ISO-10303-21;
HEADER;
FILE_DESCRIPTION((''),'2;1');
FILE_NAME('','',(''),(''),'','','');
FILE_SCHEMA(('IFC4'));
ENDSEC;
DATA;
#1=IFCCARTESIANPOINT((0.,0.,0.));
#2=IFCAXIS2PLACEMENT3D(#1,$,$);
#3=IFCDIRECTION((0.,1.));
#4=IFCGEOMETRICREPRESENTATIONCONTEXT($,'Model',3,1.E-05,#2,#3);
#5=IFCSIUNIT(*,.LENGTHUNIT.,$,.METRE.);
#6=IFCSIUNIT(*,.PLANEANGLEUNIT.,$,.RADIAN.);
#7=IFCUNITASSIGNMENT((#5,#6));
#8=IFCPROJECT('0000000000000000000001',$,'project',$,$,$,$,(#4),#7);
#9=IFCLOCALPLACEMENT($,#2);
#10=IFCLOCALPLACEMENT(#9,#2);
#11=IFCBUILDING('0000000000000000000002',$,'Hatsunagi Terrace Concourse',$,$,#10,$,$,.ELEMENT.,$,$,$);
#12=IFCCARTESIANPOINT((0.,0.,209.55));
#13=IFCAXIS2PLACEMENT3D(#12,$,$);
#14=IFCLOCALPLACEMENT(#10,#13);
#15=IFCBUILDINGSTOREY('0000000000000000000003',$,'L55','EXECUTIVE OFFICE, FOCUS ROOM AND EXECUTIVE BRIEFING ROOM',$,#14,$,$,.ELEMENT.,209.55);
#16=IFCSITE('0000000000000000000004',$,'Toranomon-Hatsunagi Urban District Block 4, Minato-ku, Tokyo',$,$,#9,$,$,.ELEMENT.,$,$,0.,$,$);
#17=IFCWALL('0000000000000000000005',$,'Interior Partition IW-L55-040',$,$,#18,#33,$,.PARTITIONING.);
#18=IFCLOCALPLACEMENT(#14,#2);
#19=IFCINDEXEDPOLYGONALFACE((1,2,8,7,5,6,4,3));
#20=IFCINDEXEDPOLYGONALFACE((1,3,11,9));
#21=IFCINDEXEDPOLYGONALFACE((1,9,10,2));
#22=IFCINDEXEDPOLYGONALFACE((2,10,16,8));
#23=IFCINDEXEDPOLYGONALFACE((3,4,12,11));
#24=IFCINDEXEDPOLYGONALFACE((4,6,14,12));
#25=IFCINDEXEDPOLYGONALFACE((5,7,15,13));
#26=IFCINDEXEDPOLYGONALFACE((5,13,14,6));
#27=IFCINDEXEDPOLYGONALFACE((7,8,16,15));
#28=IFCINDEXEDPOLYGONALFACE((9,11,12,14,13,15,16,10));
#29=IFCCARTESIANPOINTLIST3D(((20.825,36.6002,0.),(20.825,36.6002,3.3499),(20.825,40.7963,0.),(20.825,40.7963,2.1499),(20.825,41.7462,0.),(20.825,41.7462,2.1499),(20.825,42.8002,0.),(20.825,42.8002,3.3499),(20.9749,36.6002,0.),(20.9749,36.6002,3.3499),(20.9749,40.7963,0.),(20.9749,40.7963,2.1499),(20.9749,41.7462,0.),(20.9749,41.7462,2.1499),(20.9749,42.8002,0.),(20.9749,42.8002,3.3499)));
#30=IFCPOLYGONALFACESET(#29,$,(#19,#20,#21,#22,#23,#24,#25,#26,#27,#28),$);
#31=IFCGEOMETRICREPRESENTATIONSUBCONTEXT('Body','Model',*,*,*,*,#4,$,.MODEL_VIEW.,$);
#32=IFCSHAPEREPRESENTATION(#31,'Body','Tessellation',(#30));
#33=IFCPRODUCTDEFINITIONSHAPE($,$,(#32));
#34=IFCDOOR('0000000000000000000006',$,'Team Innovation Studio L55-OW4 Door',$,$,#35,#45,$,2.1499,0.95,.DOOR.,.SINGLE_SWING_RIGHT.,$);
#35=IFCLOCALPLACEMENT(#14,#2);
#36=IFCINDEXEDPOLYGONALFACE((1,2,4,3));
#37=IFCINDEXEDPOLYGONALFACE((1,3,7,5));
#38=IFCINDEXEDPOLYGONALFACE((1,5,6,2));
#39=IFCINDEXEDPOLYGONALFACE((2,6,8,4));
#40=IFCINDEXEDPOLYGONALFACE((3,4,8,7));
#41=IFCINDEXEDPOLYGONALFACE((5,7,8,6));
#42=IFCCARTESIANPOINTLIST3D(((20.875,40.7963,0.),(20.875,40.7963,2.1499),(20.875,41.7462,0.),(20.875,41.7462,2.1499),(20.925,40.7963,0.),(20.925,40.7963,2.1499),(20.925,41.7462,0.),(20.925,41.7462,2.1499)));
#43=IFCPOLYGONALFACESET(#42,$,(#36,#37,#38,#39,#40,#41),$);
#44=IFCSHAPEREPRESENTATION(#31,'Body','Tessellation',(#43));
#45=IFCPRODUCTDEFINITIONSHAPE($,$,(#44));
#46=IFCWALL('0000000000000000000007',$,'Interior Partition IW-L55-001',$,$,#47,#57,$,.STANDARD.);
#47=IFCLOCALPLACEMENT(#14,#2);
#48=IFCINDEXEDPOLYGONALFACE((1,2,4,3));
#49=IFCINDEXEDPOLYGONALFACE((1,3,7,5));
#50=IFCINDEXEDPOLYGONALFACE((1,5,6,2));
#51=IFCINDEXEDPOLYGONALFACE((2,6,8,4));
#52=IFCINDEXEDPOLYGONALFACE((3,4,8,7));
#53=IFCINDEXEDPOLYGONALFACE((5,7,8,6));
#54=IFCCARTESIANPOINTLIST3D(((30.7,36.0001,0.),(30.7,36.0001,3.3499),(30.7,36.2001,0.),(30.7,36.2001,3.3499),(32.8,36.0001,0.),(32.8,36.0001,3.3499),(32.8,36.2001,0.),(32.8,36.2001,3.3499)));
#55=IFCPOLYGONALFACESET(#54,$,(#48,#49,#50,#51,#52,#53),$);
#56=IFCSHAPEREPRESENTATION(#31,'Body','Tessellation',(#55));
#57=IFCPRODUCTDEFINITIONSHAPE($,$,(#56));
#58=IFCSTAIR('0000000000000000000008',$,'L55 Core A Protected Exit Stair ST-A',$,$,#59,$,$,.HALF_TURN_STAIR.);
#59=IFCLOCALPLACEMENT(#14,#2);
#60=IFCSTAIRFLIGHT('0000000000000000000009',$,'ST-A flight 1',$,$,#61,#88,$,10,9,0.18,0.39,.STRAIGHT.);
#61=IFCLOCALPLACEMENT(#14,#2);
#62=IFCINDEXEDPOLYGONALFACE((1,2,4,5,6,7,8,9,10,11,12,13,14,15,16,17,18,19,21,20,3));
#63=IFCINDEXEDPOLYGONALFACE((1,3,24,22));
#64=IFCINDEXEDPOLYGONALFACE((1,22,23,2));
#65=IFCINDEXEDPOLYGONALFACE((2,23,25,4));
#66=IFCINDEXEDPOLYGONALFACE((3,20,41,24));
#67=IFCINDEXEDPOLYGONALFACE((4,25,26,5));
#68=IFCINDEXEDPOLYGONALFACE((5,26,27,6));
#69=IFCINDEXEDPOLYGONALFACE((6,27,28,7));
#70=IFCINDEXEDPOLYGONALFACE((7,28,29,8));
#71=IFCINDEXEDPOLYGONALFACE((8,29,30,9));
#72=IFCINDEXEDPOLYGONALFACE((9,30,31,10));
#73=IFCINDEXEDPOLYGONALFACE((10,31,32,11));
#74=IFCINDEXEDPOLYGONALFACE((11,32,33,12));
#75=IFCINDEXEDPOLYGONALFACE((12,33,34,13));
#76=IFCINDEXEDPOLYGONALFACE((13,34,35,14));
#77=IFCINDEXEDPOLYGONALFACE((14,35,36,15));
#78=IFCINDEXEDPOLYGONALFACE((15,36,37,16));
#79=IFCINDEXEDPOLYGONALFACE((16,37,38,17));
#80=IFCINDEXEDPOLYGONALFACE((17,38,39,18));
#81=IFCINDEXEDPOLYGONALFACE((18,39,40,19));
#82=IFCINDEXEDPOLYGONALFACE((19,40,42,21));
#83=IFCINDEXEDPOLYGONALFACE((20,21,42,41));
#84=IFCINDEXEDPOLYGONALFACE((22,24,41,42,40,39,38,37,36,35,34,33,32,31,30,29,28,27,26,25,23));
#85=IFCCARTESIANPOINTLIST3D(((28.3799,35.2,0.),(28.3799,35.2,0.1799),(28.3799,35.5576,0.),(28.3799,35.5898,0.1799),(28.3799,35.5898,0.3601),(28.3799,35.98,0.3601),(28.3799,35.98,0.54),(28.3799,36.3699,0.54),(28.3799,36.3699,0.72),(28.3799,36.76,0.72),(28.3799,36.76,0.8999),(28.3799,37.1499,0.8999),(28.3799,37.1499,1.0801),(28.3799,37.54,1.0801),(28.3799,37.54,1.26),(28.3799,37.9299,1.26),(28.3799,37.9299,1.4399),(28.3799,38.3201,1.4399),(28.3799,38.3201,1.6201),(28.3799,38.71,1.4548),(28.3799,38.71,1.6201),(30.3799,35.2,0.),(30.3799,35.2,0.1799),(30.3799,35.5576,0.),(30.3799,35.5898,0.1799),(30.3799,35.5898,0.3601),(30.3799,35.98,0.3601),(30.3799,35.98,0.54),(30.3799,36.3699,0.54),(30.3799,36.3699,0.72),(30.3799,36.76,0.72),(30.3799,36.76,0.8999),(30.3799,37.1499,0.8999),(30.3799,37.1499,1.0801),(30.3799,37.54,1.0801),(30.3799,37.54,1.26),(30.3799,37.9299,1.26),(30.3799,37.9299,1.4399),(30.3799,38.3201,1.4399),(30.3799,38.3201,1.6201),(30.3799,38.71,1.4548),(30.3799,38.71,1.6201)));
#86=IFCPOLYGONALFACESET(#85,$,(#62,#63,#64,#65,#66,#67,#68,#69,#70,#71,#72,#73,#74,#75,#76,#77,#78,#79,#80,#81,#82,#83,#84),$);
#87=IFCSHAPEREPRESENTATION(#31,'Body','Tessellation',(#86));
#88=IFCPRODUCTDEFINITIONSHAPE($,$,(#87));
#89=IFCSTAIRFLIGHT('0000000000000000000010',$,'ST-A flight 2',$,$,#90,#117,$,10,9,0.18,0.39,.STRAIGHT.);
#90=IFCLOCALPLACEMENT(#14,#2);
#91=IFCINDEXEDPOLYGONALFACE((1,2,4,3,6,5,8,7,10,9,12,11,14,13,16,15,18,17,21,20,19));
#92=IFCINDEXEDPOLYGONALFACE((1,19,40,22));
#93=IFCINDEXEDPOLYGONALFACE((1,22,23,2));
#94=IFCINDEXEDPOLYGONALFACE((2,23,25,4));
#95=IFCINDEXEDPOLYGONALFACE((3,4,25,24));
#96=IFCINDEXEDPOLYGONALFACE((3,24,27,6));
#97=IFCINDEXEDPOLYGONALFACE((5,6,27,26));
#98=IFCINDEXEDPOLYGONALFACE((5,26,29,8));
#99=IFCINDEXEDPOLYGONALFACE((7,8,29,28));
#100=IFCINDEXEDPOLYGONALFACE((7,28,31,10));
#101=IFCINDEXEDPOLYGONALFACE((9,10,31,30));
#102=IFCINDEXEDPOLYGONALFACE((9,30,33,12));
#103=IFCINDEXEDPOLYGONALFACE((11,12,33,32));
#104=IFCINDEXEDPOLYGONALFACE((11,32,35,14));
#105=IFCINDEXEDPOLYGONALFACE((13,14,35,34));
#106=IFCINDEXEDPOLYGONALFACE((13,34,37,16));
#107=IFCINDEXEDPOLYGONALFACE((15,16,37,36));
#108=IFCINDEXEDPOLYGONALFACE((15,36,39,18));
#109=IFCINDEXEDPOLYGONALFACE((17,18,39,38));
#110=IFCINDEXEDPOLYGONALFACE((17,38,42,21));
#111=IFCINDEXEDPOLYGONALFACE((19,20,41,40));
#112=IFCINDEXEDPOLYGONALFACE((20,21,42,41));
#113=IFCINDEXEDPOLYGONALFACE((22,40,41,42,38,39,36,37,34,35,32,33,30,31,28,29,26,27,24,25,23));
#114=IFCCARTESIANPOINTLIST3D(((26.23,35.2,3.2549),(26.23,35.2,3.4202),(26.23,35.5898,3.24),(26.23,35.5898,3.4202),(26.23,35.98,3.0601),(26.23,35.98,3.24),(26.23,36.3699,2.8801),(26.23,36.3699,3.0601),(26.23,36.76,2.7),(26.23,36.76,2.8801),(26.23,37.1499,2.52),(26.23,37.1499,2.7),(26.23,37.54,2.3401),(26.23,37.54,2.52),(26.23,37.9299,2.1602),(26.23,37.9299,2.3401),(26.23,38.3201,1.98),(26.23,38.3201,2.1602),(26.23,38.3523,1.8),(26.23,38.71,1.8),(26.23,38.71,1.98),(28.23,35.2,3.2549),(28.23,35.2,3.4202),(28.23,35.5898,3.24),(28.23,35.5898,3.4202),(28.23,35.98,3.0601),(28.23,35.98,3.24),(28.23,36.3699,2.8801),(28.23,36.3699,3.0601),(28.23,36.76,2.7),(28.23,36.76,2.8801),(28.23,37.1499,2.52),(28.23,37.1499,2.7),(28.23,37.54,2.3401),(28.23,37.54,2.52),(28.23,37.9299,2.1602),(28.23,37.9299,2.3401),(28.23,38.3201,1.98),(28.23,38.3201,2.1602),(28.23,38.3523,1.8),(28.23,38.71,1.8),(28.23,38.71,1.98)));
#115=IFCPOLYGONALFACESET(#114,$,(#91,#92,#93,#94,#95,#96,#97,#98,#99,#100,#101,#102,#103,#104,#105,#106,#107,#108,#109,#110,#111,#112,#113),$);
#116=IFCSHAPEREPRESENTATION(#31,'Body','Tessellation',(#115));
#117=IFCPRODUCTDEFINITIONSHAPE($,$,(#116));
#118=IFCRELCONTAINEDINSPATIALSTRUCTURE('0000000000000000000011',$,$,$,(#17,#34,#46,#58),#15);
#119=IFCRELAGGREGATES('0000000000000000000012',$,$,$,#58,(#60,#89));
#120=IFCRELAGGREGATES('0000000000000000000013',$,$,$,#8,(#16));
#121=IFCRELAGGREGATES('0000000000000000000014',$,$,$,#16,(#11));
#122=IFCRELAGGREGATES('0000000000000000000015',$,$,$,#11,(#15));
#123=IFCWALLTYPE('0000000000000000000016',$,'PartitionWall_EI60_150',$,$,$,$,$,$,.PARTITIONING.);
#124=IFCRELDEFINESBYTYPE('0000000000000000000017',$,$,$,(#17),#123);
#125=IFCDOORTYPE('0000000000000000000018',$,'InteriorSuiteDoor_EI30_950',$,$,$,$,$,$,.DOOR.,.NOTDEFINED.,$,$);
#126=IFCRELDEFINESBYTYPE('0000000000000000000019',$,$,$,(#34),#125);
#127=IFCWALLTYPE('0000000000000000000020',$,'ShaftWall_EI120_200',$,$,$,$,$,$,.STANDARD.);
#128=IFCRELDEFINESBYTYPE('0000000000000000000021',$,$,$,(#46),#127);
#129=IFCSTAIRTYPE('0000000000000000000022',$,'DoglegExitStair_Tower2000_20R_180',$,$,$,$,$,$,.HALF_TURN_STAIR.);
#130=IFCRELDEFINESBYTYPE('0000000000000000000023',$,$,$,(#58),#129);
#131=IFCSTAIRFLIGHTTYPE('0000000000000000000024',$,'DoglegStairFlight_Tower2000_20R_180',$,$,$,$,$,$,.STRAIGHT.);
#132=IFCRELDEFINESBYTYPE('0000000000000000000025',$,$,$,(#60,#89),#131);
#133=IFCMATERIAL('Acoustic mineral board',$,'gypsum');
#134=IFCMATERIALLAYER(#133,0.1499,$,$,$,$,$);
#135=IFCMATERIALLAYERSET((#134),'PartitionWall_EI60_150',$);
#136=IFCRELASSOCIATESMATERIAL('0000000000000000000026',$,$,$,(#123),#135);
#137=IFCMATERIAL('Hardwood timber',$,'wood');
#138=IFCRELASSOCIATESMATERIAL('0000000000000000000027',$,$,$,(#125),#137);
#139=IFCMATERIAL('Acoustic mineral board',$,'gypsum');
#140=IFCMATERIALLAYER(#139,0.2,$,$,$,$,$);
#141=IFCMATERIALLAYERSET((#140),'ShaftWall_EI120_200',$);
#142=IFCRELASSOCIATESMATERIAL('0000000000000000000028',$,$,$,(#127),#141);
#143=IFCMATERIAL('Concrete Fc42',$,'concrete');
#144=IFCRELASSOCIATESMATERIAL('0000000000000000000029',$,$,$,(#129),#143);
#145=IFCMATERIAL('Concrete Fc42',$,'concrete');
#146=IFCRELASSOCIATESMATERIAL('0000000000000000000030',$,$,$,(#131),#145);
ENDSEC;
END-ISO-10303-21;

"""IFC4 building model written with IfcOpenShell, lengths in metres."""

from ifc_helpers import new_model, si_unit, direction, frame, frame_2d, origin, place, context, subcontext, project, spatial, polyline, rectangle, outline, extrude, material, layer, layer_set, type_object, element, fill, aggregate, save


model = new_model("IFC4")

# Units and contexts
model_context = context("Model", 3, precision=1e-05, world=origin(), true_north=direction((0.0, 1.0)))
body_context = subcontext(model_context, "Body", "Model", "MODEL_VIEW")
ifc_project = project(units=[si_unit("LENGTHUNIT", "METRE"), si_unit("PLANEANGLEUNIT", "RADIAN")], contexts=[model_context])

# Site, building, storey
site_placement = place(None, origin())
site = spatial("IfcSite", under=ifc_project, at=site_placement, Name="Toranomon-Hatsunagi Urban District Block 4, Minato-ku, Tokyo", CompositionType="ELEMENT", RefElevation=0.0)
building_placement = place(site_placement, origin())
building = spatial("IfcBuilding", under=site, at=building_placement, Name="Hatsunagi Terrace Concourse", CompositionType="ELEMENT")
storey_placement = place(building_placement, frame((0.0, 0.0, 209.55)))
storey = spatial("IfcBuildingStorey", under=building, at=storey_placement, Name="L55", Description="EXECUTIVE OFFICE, FOCUS ROOM AND EXECUTIVE BRIEFING ROOM", CompositionType="ELEMENT", Elevation=209.55)

# Shared definitions
ifc_material_1 = material(Name="Acoustic mineral board", Category="gypsum")
ifc_layer_1 = layer(ifc_material_1, 0.1499)
ifc_layer_set_1 = layer_set([ifc_layer_1], Name="PartitionWall_EI60_150")
wall_type_1 = type_object("IfcWallType", Name="PartitionWall_EI60_150", PredefinedType="PARTITIONING", material=ifc_layer_set_1)

# Wall, opening, door
wall_1_placement = place(storey_placement, frame((20.8999, 36.6001, 0.0), z_axis=(0.0, 0.0, 1.0), x_axis=(0.0, 1.0, 0.0)))
wall_1 = element("IfcWall", 1, at=wall_1_placement, inside=storey, type_object=wall_type_1, Name="Interior Partition IW-L55-040", PredefinedType="PARTITIONING", context=body_context, shape_type="SweptSolid", body=[
    extrude(rectangle(XDim=6.2, YDim=0.1499, at=frame_2d((3.1001, 0.0))), origin(), (0.0, 0.0, 1.0), 3.3499),
])
opening_1_placement = place(wall_1_placement, frame((4.196, 0.0, 0.0)))
opening_1 = element("IfcOpeningElement", 2, at=opening_1_placement, cuts=wall_1, PredefinedType="OPENING", context=body_context, shape_type="SweptSolid", body=[
    extrude(rectangle(XDim=0.95, YDim=2.1499, at=frame_2d((0.4751, 1.075))), frame((0.0, 0.085, 0.0), z_axis=(0.0, -1.0, 0.0), x_axis=(1.0, 0.0, 0.0)), (0.0, 0.0, 1.0), 0.1699),
])
ifc_material_2 = material(Name="Hardwood timber", Category="wood")
door_type_1 = type_object("IfcDoorType", Name="InteriorSuiteDoor_EI30_950", OperationType="NOTDEFINED", PredefinedType="DOOR", material=ifc_material_2)
door_1_placement = place(opening_1_placement, origin())
door_1 = element("IfcDoor", 3, at=door_1_placement, inside=storey, type_object=door_type_1, Name="Team Innovation Studio L55-OW4 Door", OperationType="SINGLE_SWING_RIGHT", OverallHeight=2.1499, OverallWidth=0.95, PredefinedType="DOOR", context=body_context, shape_type="SweptSolid", body=[
    extrude(rectangle(XDim=0.95, YDim=2.1499, at=frame_2d((0.4751, 1.075))), frame((0.0, 0.0249, 0.0), z_axis=(0.0, -1.0, 0.0), x_axis=(1.0, 0.0, 0.0)), (0.0, 0.0, 1.0), 0.05),
])
fill(opening_1, door_1)

# Wall
ifc_material_3 = material(Name="Acoustic mineral board", Category="gypsum")
ifc_layer_2 = layer(ifc_material_3, 0.2)
ifc_layer_set_2 = layer_set([ifc_layer_2], Name="ShaftWall_EI120_200")
wall_type_2 = type_object("IfcWallType", Name="ShaftWall_EI120_200", PredefinedType="STANDARD", material=ifc_layer_set_2)
wall_2_placement = place(storey_placement, frame((30.7, 36.1001, 0.0), z_axis=(0.0, 0.0, 1.0), x_axis=(1.0, 0.0, 0.0)))
element("IfcWall", 4, at=wall_2_placement, inside=storey, type_object=wall_type_2, Name="Interior Partition IW-L55-001", PredefinedType="STANDARD", context=body_context, shape_type="SweptSolid", body=[
    extrude(rectangle(XDim=2.1001, YDim=0.2, at=frame_2d((1.05, 0.0))), origin(), (0.0, 0.0, 1.0), 3.3499),
])

# Stair, stair flights
ifc_material_4 = material(Name="Concrete Fc42", Category="concrete")
stair_type = type_object("IfcStairType", Name="DoglegExitStair_Tower2000_20R_180", PredefinedType="HALF_TURN_STAIR", material=ifc_material_4)
stair_placement = place(storey_placement, origin())
stair = element("IfcStair", 5, at=stair_placement, inside=storey, type_object=stair_type, Name="L55 Core A Protected Exit Stair ST-A", PredefinedType="HALF_TURN_STAIR")
ifc_material_5 = material(Name="Concrete Fc42", Category="concrete")
stair_flight_type = type_object("IfcStairFlightType", Name="DoglegStairFlight_Tower2000_20R_180", PredefinedType="STRAIGHT", material=ifc_material_5)
stair_flight_1_placement = place(storey_placement, frame((29.3799, 35.2, 0.0), z_axis=(0.0, 0.0, 1.0), x_axis=(0.0, 1.0, 0.0)))
stair_flight_1 = element("IfcStairFlight", 6, at=stair_flight_1_placement, type_object=stair_flight_type, Name="ST-A flight 1", NumberOfRisers=10, NumberOfTreads=9, PredefinedType="STRAIGHT", RiserHeight=0.18, TreadLength=0.39, context=body_context, shape_type="SweptSolid", body=[
    extrude(outline(polyline([(0.0, 0.0), (0.0, 0.1799), (0.3899, 0.1799), (0.3899, 0.3601), (0.78, 0.3601), (0.78, 0.54), (1.1699, 0.54), (1.1699, 0.72), (1.5601, 0.72), (1.5601, 0.8999), (1.95, 0.8999), (1.95, 1.0801), (2.3401, 1.0801), (2.3401, 1.26), (2.73, 1.26), (2.73, 1.4399), (3.1201, 1.4399), (3.1201, 1.6201), (3.51, 1.6201), (3.51, 1.8), (3.51, 1.4548), (0.3577, 0.0), (0.0, 0.0)])), frame((0.0, 1.0, 0.0), z_axis=(0.0, -1.0, 0.0), x_axis=(1.0, 0.0, 0.0)), (0.0, 0.0, 1.0), 2.0),
])
stair_flight_2_placement = place(storey_placement, frame((27.23, 38.71, 1.8), z_axis=(0.0, 0.0, 1.0), x_axis=(0.0, -1.0, 0.0)))
stair_flight_2 = element("IfcStairFlight", 7, at=stair_flight_2_placement, type_object=stair_flight_type, Name="ST-A flight 2", NumberOfRisers=10, NumberOfTreads=9, PredefinedType="STRAIGHT", RiserHeight=0.18, TreadLength=0.39, context=body_context, shape_type="SweptSolid", body=[
    extrude(outline(polyline([(0.0, 0.0), (0.0, 0.1799), (0.3899, 0.1799), (0.3899, 0.3601), (0.78, 0.3601), (0.78, 0.54), (1.1699, 0.54), (1.1699, 0.72), (1.5601, 0.72), (1.5601, 0.8999), (1.95, 0.8999), (1.95, 1.0801), (2.3401, 1.0801), (2.3401, 1.26), (2.73, 1.26), (2.73, 1.4399), (3.1201, 1.4399), (3.1201, 1.6201), (3.51, 1.6201), (3.51, 1.8), (3.51, 1.4548), (0.3577, 0.0), (0.0, 0.0)])), frame((0.0, 1.0, 0.0), z_axis=(0.0, -1.0, 0.0), x_axis=(1.0, 0.0, 0.0)), (0.0, 0.0, 1.0), 2.0),
])
aggregate(stair, [stair_flight_1, stair_flight_2])

save(model, "model.ifc")
